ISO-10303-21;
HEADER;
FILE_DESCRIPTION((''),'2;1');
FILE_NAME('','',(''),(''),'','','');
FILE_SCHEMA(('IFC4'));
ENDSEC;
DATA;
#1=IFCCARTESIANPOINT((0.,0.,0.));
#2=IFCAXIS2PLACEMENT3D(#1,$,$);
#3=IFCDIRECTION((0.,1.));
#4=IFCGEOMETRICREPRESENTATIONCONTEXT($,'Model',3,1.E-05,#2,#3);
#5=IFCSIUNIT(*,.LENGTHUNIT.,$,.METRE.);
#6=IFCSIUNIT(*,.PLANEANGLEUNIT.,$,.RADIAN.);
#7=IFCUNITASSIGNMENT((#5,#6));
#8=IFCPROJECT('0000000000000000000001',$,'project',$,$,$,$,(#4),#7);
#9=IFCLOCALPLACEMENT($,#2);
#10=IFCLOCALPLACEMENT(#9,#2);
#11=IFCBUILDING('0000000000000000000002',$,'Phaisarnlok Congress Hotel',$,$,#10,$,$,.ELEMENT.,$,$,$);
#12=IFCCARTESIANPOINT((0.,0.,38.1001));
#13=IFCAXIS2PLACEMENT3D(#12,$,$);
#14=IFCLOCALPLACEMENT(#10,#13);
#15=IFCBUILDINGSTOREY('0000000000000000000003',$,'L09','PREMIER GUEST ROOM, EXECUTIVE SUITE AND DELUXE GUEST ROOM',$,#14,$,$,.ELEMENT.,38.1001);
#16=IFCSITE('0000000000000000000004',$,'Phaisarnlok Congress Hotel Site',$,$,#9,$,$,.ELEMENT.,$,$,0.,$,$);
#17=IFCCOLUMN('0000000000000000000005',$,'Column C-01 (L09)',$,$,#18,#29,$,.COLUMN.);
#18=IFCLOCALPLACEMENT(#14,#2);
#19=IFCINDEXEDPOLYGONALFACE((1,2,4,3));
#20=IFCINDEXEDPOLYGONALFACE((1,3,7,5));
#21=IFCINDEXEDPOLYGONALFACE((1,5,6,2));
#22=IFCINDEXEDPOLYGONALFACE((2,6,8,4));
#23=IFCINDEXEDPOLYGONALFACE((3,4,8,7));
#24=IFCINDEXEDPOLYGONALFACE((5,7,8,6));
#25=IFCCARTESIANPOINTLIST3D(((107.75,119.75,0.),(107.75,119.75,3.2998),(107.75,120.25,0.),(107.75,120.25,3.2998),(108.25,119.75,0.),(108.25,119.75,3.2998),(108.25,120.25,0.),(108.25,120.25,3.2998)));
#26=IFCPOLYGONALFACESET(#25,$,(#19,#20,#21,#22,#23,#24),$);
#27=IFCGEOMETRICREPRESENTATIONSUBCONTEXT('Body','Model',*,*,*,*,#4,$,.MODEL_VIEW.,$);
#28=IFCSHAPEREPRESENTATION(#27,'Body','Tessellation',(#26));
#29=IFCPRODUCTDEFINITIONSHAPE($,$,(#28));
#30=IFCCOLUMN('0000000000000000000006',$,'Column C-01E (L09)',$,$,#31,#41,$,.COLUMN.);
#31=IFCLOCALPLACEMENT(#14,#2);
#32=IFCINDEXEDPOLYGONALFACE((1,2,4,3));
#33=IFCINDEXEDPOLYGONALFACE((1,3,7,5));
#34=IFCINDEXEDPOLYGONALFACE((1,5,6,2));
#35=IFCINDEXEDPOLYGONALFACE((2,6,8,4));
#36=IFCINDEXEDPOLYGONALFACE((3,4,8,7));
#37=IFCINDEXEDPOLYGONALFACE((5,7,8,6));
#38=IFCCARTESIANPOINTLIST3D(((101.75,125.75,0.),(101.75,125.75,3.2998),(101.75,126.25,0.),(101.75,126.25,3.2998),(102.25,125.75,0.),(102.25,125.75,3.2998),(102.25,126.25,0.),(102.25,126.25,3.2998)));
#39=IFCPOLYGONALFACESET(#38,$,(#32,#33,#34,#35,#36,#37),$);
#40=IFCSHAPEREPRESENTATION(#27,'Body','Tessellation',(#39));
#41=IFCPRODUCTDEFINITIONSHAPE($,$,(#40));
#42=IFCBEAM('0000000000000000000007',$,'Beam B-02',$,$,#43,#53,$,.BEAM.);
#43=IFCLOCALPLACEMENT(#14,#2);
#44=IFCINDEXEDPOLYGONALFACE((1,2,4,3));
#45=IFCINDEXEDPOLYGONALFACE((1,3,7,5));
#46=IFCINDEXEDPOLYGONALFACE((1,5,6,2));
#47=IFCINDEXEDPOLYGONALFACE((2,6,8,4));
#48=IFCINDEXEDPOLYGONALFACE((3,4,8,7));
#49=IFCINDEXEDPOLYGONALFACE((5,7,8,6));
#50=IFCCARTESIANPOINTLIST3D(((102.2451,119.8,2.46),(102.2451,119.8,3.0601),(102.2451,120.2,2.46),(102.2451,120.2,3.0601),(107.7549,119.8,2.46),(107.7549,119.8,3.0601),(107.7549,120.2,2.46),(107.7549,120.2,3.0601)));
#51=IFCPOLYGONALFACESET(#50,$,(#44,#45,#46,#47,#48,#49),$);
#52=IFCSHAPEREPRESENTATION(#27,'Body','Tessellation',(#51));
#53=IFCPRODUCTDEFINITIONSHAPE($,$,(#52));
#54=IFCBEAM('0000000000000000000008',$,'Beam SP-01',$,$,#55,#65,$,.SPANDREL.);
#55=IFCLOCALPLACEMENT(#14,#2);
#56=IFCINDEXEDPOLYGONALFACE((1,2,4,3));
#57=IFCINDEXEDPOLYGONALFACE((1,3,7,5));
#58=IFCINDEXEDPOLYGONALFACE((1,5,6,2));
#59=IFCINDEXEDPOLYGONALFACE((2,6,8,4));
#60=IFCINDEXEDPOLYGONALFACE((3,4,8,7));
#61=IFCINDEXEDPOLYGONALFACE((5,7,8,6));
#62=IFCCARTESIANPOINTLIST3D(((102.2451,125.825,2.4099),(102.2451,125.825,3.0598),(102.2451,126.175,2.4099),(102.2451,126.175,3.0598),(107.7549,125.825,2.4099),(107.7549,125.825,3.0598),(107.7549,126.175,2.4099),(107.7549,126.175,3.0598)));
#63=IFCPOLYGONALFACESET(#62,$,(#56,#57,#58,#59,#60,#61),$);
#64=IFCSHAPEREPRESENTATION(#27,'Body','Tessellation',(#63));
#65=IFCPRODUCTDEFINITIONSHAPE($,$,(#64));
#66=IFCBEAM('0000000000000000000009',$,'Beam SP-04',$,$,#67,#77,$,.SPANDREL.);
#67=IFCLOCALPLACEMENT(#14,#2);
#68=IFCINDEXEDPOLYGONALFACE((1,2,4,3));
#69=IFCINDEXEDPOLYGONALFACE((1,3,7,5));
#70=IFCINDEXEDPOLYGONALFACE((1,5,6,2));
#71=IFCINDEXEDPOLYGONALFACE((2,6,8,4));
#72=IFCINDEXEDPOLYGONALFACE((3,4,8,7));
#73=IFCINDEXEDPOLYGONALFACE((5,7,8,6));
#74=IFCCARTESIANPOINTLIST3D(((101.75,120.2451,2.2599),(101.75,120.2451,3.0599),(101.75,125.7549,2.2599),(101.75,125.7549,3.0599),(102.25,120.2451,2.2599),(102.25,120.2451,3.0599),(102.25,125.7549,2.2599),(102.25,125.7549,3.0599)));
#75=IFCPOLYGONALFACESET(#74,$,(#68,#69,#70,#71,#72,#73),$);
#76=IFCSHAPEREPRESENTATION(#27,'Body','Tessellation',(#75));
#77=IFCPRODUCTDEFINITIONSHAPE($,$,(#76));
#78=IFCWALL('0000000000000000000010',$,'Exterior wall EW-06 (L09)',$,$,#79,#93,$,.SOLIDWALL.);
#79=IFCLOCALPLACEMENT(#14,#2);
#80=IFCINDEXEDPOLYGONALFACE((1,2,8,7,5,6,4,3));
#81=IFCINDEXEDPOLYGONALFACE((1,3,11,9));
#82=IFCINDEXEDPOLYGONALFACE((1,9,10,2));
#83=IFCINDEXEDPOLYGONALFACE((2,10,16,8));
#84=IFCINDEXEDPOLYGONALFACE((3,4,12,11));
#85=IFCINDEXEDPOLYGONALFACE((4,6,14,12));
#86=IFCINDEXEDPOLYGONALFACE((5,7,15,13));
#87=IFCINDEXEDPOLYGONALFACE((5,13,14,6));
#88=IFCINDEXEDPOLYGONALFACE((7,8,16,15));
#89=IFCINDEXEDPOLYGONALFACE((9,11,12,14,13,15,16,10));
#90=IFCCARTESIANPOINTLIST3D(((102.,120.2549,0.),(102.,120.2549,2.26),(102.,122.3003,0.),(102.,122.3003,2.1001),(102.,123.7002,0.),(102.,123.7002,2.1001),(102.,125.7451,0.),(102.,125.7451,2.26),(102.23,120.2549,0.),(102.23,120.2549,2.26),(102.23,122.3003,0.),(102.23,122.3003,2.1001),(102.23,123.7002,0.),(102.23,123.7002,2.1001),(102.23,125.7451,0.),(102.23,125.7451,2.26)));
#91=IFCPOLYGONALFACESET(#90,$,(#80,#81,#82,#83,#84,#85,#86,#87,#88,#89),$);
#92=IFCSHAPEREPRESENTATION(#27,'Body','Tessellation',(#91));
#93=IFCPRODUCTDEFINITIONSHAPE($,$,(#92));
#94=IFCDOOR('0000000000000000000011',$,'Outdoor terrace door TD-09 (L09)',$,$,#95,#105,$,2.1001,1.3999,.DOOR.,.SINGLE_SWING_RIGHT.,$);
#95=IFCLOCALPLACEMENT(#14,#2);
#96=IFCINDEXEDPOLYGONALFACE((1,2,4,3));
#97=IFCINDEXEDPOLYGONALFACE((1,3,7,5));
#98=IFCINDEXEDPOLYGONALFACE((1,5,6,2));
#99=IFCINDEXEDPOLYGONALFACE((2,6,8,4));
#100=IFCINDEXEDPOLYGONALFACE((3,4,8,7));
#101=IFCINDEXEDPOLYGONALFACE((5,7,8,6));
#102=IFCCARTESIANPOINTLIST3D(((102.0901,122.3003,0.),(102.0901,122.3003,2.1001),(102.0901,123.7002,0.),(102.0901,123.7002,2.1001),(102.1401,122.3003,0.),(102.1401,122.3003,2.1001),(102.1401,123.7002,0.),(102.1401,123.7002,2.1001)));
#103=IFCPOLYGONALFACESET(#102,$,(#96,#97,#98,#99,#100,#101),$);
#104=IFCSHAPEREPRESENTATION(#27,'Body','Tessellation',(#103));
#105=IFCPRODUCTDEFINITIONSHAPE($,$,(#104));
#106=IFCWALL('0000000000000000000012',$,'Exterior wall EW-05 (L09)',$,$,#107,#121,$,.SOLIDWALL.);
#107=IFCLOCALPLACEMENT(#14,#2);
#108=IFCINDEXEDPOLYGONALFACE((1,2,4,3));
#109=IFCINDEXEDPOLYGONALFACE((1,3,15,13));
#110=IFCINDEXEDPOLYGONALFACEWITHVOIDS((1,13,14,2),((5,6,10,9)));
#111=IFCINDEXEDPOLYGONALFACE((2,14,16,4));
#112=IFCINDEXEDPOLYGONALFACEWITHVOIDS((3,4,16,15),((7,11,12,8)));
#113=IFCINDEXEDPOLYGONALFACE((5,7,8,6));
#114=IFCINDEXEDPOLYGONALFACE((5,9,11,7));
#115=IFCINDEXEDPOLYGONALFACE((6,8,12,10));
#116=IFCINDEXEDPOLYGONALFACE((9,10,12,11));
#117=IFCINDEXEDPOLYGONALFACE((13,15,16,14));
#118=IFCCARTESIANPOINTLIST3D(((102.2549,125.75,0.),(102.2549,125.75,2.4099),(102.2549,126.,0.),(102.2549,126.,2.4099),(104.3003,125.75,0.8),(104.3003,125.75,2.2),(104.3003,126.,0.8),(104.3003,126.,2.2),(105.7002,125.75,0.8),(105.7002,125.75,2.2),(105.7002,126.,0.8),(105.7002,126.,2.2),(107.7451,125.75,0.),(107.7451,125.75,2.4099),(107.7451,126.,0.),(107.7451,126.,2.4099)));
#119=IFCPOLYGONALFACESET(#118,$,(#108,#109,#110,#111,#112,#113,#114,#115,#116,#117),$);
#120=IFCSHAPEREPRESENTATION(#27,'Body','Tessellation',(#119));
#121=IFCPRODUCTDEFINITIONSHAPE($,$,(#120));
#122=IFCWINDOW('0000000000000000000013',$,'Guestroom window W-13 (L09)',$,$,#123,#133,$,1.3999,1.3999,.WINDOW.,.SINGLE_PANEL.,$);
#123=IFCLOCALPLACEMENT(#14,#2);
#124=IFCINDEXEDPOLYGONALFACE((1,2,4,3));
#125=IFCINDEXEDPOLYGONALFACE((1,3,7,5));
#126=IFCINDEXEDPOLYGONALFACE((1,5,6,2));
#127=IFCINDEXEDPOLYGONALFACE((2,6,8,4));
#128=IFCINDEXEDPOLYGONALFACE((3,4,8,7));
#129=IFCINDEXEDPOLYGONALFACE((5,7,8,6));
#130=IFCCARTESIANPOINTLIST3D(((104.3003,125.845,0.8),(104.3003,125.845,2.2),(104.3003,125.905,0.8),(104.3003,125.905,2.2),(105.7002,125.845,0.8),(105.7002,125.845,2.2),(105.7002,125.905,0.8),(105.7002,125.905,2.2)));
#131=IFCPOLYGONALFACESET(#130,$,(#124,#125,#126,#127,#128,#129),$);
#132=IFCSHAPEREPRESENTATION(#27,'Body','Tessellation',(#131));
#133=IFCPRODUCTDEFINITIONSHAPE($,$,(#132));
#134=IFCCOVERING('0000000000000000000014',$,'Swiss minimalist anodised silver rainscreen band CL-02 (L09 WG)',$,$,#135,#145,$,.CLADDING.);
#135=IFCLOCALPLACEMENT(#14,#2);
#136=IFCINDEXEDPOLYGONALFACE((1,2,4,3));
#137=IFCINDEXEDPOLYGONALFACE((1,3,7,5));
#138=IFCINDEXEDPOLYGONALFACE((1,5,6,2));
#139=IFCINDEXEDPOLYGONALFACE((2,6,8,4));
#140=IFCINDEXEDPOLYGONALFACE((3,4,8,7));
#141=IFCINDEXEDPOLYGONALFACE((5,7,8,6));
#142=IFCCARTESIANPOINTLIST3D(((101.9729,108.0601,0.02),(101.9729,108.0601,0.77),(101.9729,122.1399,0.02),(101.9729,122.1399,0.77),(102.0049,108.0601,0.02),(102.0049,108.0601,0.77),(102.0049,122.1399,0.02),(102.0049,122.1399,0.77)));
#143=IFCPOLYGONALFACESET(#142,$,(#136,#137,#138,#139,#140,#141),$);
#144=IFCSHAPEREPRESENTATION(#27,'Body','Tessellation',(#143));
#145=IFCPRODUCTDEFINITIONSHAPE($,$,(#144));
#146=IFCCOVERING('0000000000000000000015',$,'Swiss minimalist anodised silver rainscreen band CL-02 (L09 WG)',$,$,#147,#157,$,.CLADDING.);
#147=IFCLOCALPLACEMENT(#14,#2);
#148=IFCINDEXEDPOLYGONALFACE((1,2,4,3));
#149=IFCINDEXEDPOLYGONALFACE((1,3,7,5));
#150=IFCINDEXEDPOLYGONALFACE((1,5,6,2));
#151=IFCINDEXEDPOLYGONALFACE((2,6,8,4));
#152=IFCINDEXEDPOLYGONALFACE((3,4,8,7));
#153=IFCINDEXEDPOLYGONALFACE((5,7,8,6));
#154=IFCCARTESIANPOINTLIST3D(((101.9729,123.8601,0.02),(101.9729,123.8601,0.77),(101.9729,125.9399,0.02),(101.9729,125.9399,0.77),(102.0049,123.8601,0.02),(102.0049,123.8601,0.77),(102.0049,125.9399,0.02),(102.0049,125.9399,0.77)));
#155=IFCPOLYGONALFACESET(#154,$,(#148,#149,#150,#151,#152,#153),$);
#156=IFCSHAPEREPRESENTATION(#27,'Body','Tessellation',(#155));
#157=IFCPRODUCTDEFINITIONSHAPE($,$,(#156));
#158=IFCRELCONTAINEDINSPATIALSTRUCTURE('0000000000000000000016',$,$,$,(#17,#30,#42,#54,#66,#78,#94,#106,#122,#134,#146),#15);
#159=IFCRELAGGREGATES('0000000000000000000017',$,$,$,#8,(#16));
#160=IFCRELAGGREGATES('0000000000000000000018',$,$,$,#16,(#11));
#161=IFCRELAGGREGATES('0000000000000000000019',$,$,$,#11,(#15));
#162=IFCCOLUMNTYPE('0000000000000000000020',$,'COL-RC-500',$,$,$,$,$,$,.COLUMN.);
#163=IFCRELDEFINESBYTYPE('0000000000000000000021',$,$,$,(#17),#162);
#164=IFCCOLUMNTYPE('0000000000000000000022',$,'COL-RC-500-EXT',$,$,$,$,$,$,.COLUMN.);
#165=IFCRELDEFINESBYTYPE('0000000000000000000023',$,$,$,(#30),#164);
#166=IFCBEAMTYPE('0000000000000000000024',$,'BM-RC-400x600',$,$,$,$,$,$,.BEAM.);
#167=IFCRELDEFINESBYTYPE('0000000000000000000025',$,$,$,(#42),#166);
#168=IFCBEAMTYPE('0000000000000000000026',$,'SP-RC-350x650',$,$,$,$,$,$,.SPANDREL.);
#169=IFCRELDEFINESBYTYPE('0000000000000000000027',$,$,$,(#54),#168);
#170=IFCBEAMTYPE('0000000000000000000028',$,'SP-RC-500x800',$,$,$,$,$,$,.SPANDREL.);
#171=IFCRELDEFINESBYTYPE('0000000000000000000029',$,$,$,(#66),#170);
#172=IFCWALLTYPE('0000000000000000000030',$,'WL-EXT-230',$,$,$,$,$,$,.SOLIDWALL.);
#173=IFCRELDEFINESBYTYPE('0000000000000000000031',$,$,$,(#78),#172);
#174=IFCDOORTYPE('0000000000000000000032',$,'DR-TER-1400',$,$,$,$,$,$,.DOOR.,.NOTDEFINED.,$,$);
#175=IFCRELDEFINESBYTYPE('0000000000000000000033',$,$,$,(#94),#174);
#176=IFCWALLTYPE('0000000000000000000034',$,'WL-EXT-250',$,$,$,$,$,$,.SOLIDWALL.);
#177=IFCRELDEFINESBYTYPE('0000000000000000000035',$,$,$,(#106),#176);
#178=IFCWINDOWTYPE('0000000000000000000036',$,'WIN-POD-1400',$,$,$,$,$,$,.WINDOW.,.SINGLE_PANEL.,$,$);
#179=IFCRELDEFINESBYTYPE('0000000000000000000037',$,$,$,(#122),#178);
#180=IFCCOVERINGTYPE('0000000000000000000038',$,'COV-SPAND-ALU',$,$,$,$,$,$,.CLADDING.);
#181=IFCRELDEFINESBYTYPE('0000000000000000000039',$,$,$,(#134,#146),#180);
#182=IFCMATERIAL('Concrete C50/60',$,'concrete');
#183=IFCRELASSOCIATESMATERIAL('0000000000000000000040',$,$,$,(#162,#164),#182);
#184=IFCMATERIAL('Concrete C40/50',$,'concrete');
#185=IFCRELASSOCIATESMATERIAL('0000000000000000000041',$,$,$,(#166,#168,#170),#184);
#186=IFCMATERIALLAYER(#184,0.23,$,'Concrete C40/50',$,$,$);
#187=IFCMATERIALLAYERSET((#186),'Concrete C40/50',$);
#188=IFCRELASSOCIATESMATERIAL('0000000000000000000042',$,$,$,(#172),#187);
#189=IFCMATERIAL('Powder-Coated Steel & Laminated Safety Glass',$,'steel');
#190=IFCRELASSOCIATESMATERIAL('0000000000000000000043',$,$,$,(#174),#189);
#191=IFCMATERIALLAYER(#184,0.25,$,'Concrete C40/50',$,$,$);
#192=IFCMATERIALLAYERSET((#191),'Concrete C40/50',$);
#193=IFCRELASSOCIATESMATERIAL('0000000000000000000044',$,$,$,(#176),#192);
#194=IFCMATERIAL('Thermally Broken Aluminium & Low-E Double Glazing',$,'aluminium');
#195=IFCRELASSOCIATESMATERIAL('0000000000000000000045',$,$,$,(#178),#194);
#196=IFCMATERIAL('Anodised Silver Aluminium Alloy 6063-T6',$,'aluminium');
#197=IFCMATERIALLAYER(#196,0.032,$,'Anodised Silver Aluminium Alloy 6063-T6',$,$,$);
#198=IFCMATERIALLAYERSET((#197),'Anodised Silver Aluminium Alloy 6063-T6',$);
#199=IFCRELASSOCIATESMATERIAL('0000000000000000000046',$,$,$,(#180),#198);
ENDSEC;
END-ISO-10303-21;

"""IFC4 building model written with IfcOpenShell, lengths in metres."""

from ifc_helpers import new_model, si_unit, direction, frame, frame_2d, origin, origin_2d, place, context, subcontext, project, spatial, polyline, rectangle, outline, extrude, material, layer, layer_set, material_profile, profile_set, type_object, element, fill, save


model = new_model("IFC4")

# Units and contexts
model_context = context("Model", 3, precision=1e-05, world=origin(), true_north=direction((0.0, 1.0)))
body_context = subcontext(model_context, "Body", "Model", "MODEL_VIEW")
ifc_project = project(units=[si_unit("LENGTHUNIT", "METRE"), si_unit("PLANEANGLEUNIT", "RADIAN")], contexts=[model_context])

# Site, building, storey
site_placement = place(None, origin())
site = spatial("IfcSite", under=ifc_project, at=site_placement, Name="Phaisarnlok Congress Hotel Site", CompositionType="ELEMENT", RefElevation=0.0)
building_placement = place(site_placement, origin())
building = spatial("IfcBuilding", under=site, at=building_placement, Name="Phaisarnlok Congress Hotel", CompositionType="ELEMENT")
storey_placement = place(building_placement, frame((0.0, 0.0, 38.1001)))
storey = spatial("IfcBuildingStorey", under=building, at=storey_placement, Name="L09", Description="PREMIER GUEST ROOM, EXECUTIVE SUITE AND DELUXE GUEST ROOM", CompositionType="ELEMENT", Elevation=38.1001)

# Columns
ifc_material_1 = material(Name="Concrete C50/60", Category="concrete")
ifc_material_profile_1 = material_profile(ifc_material_1, rectangle(XDim=0.5, YDim=0.5, at=origin_2d()), Name="RC 500x500")
ifc_profile_set_1 = profile_set([ifc_material_profile_1], Name="Concrete C50/60")
column_type_1 = type_object("IfcColumnType", Name="COL-RC-500", PredefinedType="COLUMN", material=ifc_profile_set_1)
column_1_placement = place(storey_placement, frame((108.0, 120.0, 0.0), z_axis=(0.0, 0.0, 1.0), x_axis=(1.0, 0.0, 0.0)))
element("IfcColumn", 1, at=column_1_placement, inside=storey, type_object=column_type_1, Name="Column C-01 (L09)", PredefinedType="COLUMN", context=body_context, shape_type="SweptSolid", body=[
    extrude(rectangle(XDim=0.5, YDim=0.5, at=origin_2d()), origin(), (0.0, 0.0, 1.0), 3.2998),
])
ifc_material_profile_2 = material_profile(ifc_material_1, rectangle(XDim=0.5, YDim=0.5, at=origin_2d()), Name="RC 500x500")
ifc_profile_set_2 = profile_set([ifc_material_profile_2], Name="Concrete C50/60")
column_type_2 = type_object("IfcColumnType", Name="COL-RC-500-EXT", PredefinedType="COLUMN", material=ifc_profile_set_2)
column_2_placement = place(storey_placement, frame((102.0, 126.0, 0.0), z_axis=(0.0, 0.0, 1.0), x_axis=(1.0, 0.0, 0.0)))
element("IfcColumn", 2, at=column_2_placement, inside=storey, type_object=column_type_2, Name="Column C-01E (L09)", PredefinedType="COLUMN", context=body_context, shape_type="SweptSolid", body=[
    extrude(rectangle(XDim=0.5, YDim=0.5, at=origin_2d()), origin(), (0.0, 0.0, 1.0), 3.2998),
])

# Beams
ifc_material_2 = material(Name="Concrete C40/50", Category="concrete")
ifc_material_profile_3 = material_profile(ifc_material_2, rectangle(XDim=0.3999, YDim=0.6001, at=origin_2d()), Name="RC 400x600")
ifc_profile_set_3 = profile_set([ifc_material_profile_3], Name="Concrete C40/50")
beam_type_1 = type_object("IfcBeamType", Name="BM-RC-400x600", PredefinedType="BEAM", material=ifc_profile_set_3)
beam_1_placement = place(storey_placement, frame((102.2451, 120.0, 2.76), z_axis=(1.0, 0.0, 0.0), x_axis=(0.0, 1.0, 0.0)))
element("IfcBeam", 3, at=beam_1_placement, inside=storey, type_object=beam_type_1, Name="Beam B-02", PredefinedType="BEAM", context=body_context, shape_type="SweptSolid", body=[
    extrude(rectangle(XDim=0.3999, YDim=0.6001, at=origin_2d()), origin(), (0.0, 0.0, 1.0), 5.5098),
])
ifc_material_profile_4 = material_profile(ifc_material_2, rectangle(XDim=0.3501, YDim=0.6499, at=origin_2d()), Name="RC 350x650")
ifc_profile_set_4 = profile_set([ifc_material_profile_4], Name="Concrete C40/50")
beam_type_2 = type_object("IfcBeamType", Name="SP-RC-350x650", PredefinedType="SPANDREL", material=ifc_profile_set_4)
beam_2_placement = place(storey_placement, frame((102.2451, 126.0, 2.7349), z_axis=(1.0, 0.0, 0.0), x_axis=(0.0, 1.0, 0.0)))
element("IfcBeam", 4, at=beam_2_placement, inside=storey, type_object=beam_type_2, Name="Beam SP-01", PredefinedType="SPANDREL", context=body_context, shape_type="SweptSolid", body=[
    extrude(rectangle(XDim=0.3501, YDim=0.6499, at=origin_2d()), origin(), (0.0, 0.0, 1.0), 5.5098),
])
ifc_material_profile_5 = material_profile(ifc_material_2, rectangle(XDim=0.5, YDim=0.8, at=origin_2d()), Name="RC 500x800")
ifc_profile_set_5 = profile_set([ifc_material_profile_5], Name="Concrete C40/50")
beam_type_3 = type_object("IfcBeamType", Name="SP-RC-500x800", PredefinedType="SPANDREL", material=ifc_profile_set_5)
beam_3_placement = place(storey_placement, frame((102.0, 120.2451, 2.6599), z_axis=(0.0, 1.0, 0.0), x_axis=(-1.0, 0.0, 0.0)))
element("IfcBeam", 5, at=beam_3_placement, inside=storey, type_object=beam_type_3, Name="Beam SP-04", PredefinedType="SPANDREL", context=body_context, shape_type="SweptSolid", body=[
    extrude(rectangle(XDim=0.5, YDim=0.8, at=origin_2d()), origin(), (0.0, 0.0, 1.0), 5.5098),
])

# Wall, opening, door
ifc_layer_1 = layer(ifc_material_2, 0.23, Name="Concrete C40/50")
ifc_layer_set_1 = layer_set([ifc_layer_1], Name="Concrete C40/50")
wall_type_1 = type_object("IfcWallType", Name="WL-EXT-230", PredefinedType="SOLIDWALL", material=ifc_layer_set_1)
wall_1_placement = place(storey_placement, frame((102.115, 125.7451, 0.0), z_axis=(0.0, 0.0, 1.0), x_axis=(0.0, -1.0, 0.0)))
wall_1 = element("IfcWall", 6, at=wall_1_placement, inside=storey, type_object=wall_type_1, Name="Exterior wall EW-06 (L09)", PredefinedType="SOLIDWALL", context=body_context, shape_type="SweptSolid", body=[
    extrude(rectangle(XDim=5.4902, YDim=0.23, at=frame_2d((2.7451, 0.0))), origin(), (0.0, 0.0, 1.0), 2.26),
])
opening_1_placement = place(wall_1_placement, frame((2.0449, 0.0, 0.0)))
opening_1 = element("IfcOpeningElement", 7, at=opening_1_placement, cuts=wall_1, PredefinedType="OPENING", context=body_context, shape_type="SweptSolid", body=[
    extrude(rectangle(XDim=1.3999, YDim=2.1001, at=frame_2d((0.7, 1.05))), frame((0.0, 0.125, 0.0), z_axis=(0.0, -1.0, 0.0), x_axis=(1.0, 0.0, 0.0)), (0.0, 0.0, 1.0), 0.25),
])
ifc_material_3 = material(Name="Powder-Coated Steel & Laminated Safety Glass", Category="steel")
door_type = type_object("IfcDoorType", Name="DR-TER-1400", OperationType="NOTDEFINED", PredefinedType="DOOR", material=ifc_material_3)
door_placement = place(opening_1_placement, frame((1.3999, 0.0, 0.0), z_axis=(0.0, 0.0, 1.0), x_axis=(-1.0, 0.0, 0.0)))
door = element("IfcDoor", 8, at=door_placement, inside=storey, type_object=door_type, Name="Outdoor terrace door TD-09 (L09)", OperationType="SINGLE_SWING_RIGHT", OverallHeight=2.1001, OverallWidth=1.3999, PredefinedType="DOOR", context=body_context, shape_type="SweptSolid", body=[
    extrude(rectangle(XDim=1.3999, YDim=2.1001, at=frame_2d((0.7, 1.05))), frame((0.0, 0.0249, 0.0), z_axis=(0.0, -1.0, 0.0), x_axis=(1.0, 0.0, 0.0)), (0.0, 0.0, 1.0), 0.05),
])
fill(opening_1, door)

# Wall, opening, window
ifc_layer_2 = layer(ifc_material_2, 0.25, Name="Concrete C40/50")
ifc_layer_set_2 = layer_set([ifc_layer_2], Name="Concrete C40/50")
wall_type_2 = type_object("IfcWallType", Name="WL-EXT-250", PredefinedType="SOLIDWALL", material=ifc_layer_set_2)
wall_2_placement = place(storey_placement, frame((107.7451, 125.875, 0.0), z_axis=(0.0, 0.0, 1.0), x_axis=(-1.0, 0.0, 0.0)))
wall_2 = element("IfcWall", 9, at=wall_2_placement, inside=storey, type_object=wall_type_2, Name="Exterior wall EW-05 (L09)", PredefinedType="SOLIDWALL", context=body_context, shape_type="SweptSolid", body=[
    extrude(rectangle(XDim=5.4902, YDim=0.25, at=frame_2d((2.7451, 0.0))), origin(), (0.0, 0.0, 1.0), 2.4099),
])
opening_2_placement = place(wall_2_placement, frame((2.0449, 0.0, 0.8)))
opening_2 = element("IfcOpeningElement", 10, at=opening_2_placement, cuts=wall_2, PredefinedType="OPENING", context=body_context, shape_type="SweptSolid", body=[
    extrude(rectangle(XDim=1.3999, YDim=1.3999, at=frame_2d((0.7, 0.7))), frame((0.0, 0.135, 0.0), z_axis=(0.0, -1.0, 0.0), x_axis=(1.0, 0.0, 0.0)), (0.0, 0.0, 1.0), 0.27),
])
ifc_material_4 = material(Name="Thermally Broken Aluminium & Low-E Double Glazing", Category="aluminium")
window_type = type_object("IfcWindowType", Name="WIN-POD-1400", PartitioningType="SINGLE_PANEL", PredefinedType="WINDOW", material=ifc_material_4)
window_placement = place(opening_2_placement, origin())
window = element("IfcWindow", 11, at=window_placement, inside=storey, type_object=window_type, Name="Guestroom window W-13 (L09)", OverallHeight=1.3999, OverallWidth=1.3999, PartitioningType="SINGLE_PANEL", PredefinedType="WINDOW", context=body_context, shape_type="SweptSolid", body=[
    extrude(rectangle(XDim=1.3999, YDim=1.3999, at=frame_2d((0.7, 0.7))), frame((0.0, 0.03, 0.0), z_axis=(0.0, -1.0, 0.0), x_axis=(1.0, 0.0, 0.0)), (0.0, 0.0, 1.0), 0.0601),
])
fill(opening_2, window)

# Coverings
ifc_material_5 = material(Name="Anodised Silver Aluminium Alloy 6063-T6", Category="aluminium")
ifc_layer_3 = layer(ifc_material_5, 0.032, Name="Anodised Silver Aluminium Alloy 6063-T6")
ifc_layer_set_3 = layer_set([ifc_layer_3], Name="Anodised Silver Aluminium Alloy 6063-T6")
covering_type = type_object("IfcCoveringType", Name="COV-SPAND-ALU", PredefinedType="CLADDING", material=ifc_layer_set_3)
covering_1_placement = place(storey_placement, frame((102.0049, 122.1399, 0.02), z_axis=(-1.0, 0.0, 0.0), x_axis=(0.0, -1.0, 0.0)))
element("IfcCovering", 12, at=covering_1_placement, inside=storey, type_object=covering_type, Name="Swiss minimalist anodised silver rainscreen band CL-02 (L09 WG)", PredefinedType="CLADDING", context=body_context, shape_type="SweptSolid", body=[
    extrude(outline(polyline([(0.0, 0.0), (14.0798, 0.0), (14.0798, 0.75), (0.0, 0.75), (0.0, 0.0)])), origin(), (0.0, 0.0, 1.0), 0.032),
])
covering_2_placement = place(storey_placement, frame((102.0049, 125.9399, 0.02), z_axis=(-1.0, 0.0, 0.0), x_axis=(0.0, -1.0, 0.0)))
element("IfcCovering", 13, at=covering_2_placement, inside=storey, type_object=covering_type, Name="Swiss minimalist anodised silver rainscreen band CL-02 (L09 WG)", PredefinedType="CLADDING", context=body_context, shape_type="SweptSolid", body=[
    extrude(outline(polyline([(0.0, 0.0), (2.0798, 0.0), (2.0798, 0.75), (0.0, 0.75), (0.0, 0.0)])), origin(), (0.0, 0.0, 1.0), 0.032),
])

save(model, "model.ifc")
